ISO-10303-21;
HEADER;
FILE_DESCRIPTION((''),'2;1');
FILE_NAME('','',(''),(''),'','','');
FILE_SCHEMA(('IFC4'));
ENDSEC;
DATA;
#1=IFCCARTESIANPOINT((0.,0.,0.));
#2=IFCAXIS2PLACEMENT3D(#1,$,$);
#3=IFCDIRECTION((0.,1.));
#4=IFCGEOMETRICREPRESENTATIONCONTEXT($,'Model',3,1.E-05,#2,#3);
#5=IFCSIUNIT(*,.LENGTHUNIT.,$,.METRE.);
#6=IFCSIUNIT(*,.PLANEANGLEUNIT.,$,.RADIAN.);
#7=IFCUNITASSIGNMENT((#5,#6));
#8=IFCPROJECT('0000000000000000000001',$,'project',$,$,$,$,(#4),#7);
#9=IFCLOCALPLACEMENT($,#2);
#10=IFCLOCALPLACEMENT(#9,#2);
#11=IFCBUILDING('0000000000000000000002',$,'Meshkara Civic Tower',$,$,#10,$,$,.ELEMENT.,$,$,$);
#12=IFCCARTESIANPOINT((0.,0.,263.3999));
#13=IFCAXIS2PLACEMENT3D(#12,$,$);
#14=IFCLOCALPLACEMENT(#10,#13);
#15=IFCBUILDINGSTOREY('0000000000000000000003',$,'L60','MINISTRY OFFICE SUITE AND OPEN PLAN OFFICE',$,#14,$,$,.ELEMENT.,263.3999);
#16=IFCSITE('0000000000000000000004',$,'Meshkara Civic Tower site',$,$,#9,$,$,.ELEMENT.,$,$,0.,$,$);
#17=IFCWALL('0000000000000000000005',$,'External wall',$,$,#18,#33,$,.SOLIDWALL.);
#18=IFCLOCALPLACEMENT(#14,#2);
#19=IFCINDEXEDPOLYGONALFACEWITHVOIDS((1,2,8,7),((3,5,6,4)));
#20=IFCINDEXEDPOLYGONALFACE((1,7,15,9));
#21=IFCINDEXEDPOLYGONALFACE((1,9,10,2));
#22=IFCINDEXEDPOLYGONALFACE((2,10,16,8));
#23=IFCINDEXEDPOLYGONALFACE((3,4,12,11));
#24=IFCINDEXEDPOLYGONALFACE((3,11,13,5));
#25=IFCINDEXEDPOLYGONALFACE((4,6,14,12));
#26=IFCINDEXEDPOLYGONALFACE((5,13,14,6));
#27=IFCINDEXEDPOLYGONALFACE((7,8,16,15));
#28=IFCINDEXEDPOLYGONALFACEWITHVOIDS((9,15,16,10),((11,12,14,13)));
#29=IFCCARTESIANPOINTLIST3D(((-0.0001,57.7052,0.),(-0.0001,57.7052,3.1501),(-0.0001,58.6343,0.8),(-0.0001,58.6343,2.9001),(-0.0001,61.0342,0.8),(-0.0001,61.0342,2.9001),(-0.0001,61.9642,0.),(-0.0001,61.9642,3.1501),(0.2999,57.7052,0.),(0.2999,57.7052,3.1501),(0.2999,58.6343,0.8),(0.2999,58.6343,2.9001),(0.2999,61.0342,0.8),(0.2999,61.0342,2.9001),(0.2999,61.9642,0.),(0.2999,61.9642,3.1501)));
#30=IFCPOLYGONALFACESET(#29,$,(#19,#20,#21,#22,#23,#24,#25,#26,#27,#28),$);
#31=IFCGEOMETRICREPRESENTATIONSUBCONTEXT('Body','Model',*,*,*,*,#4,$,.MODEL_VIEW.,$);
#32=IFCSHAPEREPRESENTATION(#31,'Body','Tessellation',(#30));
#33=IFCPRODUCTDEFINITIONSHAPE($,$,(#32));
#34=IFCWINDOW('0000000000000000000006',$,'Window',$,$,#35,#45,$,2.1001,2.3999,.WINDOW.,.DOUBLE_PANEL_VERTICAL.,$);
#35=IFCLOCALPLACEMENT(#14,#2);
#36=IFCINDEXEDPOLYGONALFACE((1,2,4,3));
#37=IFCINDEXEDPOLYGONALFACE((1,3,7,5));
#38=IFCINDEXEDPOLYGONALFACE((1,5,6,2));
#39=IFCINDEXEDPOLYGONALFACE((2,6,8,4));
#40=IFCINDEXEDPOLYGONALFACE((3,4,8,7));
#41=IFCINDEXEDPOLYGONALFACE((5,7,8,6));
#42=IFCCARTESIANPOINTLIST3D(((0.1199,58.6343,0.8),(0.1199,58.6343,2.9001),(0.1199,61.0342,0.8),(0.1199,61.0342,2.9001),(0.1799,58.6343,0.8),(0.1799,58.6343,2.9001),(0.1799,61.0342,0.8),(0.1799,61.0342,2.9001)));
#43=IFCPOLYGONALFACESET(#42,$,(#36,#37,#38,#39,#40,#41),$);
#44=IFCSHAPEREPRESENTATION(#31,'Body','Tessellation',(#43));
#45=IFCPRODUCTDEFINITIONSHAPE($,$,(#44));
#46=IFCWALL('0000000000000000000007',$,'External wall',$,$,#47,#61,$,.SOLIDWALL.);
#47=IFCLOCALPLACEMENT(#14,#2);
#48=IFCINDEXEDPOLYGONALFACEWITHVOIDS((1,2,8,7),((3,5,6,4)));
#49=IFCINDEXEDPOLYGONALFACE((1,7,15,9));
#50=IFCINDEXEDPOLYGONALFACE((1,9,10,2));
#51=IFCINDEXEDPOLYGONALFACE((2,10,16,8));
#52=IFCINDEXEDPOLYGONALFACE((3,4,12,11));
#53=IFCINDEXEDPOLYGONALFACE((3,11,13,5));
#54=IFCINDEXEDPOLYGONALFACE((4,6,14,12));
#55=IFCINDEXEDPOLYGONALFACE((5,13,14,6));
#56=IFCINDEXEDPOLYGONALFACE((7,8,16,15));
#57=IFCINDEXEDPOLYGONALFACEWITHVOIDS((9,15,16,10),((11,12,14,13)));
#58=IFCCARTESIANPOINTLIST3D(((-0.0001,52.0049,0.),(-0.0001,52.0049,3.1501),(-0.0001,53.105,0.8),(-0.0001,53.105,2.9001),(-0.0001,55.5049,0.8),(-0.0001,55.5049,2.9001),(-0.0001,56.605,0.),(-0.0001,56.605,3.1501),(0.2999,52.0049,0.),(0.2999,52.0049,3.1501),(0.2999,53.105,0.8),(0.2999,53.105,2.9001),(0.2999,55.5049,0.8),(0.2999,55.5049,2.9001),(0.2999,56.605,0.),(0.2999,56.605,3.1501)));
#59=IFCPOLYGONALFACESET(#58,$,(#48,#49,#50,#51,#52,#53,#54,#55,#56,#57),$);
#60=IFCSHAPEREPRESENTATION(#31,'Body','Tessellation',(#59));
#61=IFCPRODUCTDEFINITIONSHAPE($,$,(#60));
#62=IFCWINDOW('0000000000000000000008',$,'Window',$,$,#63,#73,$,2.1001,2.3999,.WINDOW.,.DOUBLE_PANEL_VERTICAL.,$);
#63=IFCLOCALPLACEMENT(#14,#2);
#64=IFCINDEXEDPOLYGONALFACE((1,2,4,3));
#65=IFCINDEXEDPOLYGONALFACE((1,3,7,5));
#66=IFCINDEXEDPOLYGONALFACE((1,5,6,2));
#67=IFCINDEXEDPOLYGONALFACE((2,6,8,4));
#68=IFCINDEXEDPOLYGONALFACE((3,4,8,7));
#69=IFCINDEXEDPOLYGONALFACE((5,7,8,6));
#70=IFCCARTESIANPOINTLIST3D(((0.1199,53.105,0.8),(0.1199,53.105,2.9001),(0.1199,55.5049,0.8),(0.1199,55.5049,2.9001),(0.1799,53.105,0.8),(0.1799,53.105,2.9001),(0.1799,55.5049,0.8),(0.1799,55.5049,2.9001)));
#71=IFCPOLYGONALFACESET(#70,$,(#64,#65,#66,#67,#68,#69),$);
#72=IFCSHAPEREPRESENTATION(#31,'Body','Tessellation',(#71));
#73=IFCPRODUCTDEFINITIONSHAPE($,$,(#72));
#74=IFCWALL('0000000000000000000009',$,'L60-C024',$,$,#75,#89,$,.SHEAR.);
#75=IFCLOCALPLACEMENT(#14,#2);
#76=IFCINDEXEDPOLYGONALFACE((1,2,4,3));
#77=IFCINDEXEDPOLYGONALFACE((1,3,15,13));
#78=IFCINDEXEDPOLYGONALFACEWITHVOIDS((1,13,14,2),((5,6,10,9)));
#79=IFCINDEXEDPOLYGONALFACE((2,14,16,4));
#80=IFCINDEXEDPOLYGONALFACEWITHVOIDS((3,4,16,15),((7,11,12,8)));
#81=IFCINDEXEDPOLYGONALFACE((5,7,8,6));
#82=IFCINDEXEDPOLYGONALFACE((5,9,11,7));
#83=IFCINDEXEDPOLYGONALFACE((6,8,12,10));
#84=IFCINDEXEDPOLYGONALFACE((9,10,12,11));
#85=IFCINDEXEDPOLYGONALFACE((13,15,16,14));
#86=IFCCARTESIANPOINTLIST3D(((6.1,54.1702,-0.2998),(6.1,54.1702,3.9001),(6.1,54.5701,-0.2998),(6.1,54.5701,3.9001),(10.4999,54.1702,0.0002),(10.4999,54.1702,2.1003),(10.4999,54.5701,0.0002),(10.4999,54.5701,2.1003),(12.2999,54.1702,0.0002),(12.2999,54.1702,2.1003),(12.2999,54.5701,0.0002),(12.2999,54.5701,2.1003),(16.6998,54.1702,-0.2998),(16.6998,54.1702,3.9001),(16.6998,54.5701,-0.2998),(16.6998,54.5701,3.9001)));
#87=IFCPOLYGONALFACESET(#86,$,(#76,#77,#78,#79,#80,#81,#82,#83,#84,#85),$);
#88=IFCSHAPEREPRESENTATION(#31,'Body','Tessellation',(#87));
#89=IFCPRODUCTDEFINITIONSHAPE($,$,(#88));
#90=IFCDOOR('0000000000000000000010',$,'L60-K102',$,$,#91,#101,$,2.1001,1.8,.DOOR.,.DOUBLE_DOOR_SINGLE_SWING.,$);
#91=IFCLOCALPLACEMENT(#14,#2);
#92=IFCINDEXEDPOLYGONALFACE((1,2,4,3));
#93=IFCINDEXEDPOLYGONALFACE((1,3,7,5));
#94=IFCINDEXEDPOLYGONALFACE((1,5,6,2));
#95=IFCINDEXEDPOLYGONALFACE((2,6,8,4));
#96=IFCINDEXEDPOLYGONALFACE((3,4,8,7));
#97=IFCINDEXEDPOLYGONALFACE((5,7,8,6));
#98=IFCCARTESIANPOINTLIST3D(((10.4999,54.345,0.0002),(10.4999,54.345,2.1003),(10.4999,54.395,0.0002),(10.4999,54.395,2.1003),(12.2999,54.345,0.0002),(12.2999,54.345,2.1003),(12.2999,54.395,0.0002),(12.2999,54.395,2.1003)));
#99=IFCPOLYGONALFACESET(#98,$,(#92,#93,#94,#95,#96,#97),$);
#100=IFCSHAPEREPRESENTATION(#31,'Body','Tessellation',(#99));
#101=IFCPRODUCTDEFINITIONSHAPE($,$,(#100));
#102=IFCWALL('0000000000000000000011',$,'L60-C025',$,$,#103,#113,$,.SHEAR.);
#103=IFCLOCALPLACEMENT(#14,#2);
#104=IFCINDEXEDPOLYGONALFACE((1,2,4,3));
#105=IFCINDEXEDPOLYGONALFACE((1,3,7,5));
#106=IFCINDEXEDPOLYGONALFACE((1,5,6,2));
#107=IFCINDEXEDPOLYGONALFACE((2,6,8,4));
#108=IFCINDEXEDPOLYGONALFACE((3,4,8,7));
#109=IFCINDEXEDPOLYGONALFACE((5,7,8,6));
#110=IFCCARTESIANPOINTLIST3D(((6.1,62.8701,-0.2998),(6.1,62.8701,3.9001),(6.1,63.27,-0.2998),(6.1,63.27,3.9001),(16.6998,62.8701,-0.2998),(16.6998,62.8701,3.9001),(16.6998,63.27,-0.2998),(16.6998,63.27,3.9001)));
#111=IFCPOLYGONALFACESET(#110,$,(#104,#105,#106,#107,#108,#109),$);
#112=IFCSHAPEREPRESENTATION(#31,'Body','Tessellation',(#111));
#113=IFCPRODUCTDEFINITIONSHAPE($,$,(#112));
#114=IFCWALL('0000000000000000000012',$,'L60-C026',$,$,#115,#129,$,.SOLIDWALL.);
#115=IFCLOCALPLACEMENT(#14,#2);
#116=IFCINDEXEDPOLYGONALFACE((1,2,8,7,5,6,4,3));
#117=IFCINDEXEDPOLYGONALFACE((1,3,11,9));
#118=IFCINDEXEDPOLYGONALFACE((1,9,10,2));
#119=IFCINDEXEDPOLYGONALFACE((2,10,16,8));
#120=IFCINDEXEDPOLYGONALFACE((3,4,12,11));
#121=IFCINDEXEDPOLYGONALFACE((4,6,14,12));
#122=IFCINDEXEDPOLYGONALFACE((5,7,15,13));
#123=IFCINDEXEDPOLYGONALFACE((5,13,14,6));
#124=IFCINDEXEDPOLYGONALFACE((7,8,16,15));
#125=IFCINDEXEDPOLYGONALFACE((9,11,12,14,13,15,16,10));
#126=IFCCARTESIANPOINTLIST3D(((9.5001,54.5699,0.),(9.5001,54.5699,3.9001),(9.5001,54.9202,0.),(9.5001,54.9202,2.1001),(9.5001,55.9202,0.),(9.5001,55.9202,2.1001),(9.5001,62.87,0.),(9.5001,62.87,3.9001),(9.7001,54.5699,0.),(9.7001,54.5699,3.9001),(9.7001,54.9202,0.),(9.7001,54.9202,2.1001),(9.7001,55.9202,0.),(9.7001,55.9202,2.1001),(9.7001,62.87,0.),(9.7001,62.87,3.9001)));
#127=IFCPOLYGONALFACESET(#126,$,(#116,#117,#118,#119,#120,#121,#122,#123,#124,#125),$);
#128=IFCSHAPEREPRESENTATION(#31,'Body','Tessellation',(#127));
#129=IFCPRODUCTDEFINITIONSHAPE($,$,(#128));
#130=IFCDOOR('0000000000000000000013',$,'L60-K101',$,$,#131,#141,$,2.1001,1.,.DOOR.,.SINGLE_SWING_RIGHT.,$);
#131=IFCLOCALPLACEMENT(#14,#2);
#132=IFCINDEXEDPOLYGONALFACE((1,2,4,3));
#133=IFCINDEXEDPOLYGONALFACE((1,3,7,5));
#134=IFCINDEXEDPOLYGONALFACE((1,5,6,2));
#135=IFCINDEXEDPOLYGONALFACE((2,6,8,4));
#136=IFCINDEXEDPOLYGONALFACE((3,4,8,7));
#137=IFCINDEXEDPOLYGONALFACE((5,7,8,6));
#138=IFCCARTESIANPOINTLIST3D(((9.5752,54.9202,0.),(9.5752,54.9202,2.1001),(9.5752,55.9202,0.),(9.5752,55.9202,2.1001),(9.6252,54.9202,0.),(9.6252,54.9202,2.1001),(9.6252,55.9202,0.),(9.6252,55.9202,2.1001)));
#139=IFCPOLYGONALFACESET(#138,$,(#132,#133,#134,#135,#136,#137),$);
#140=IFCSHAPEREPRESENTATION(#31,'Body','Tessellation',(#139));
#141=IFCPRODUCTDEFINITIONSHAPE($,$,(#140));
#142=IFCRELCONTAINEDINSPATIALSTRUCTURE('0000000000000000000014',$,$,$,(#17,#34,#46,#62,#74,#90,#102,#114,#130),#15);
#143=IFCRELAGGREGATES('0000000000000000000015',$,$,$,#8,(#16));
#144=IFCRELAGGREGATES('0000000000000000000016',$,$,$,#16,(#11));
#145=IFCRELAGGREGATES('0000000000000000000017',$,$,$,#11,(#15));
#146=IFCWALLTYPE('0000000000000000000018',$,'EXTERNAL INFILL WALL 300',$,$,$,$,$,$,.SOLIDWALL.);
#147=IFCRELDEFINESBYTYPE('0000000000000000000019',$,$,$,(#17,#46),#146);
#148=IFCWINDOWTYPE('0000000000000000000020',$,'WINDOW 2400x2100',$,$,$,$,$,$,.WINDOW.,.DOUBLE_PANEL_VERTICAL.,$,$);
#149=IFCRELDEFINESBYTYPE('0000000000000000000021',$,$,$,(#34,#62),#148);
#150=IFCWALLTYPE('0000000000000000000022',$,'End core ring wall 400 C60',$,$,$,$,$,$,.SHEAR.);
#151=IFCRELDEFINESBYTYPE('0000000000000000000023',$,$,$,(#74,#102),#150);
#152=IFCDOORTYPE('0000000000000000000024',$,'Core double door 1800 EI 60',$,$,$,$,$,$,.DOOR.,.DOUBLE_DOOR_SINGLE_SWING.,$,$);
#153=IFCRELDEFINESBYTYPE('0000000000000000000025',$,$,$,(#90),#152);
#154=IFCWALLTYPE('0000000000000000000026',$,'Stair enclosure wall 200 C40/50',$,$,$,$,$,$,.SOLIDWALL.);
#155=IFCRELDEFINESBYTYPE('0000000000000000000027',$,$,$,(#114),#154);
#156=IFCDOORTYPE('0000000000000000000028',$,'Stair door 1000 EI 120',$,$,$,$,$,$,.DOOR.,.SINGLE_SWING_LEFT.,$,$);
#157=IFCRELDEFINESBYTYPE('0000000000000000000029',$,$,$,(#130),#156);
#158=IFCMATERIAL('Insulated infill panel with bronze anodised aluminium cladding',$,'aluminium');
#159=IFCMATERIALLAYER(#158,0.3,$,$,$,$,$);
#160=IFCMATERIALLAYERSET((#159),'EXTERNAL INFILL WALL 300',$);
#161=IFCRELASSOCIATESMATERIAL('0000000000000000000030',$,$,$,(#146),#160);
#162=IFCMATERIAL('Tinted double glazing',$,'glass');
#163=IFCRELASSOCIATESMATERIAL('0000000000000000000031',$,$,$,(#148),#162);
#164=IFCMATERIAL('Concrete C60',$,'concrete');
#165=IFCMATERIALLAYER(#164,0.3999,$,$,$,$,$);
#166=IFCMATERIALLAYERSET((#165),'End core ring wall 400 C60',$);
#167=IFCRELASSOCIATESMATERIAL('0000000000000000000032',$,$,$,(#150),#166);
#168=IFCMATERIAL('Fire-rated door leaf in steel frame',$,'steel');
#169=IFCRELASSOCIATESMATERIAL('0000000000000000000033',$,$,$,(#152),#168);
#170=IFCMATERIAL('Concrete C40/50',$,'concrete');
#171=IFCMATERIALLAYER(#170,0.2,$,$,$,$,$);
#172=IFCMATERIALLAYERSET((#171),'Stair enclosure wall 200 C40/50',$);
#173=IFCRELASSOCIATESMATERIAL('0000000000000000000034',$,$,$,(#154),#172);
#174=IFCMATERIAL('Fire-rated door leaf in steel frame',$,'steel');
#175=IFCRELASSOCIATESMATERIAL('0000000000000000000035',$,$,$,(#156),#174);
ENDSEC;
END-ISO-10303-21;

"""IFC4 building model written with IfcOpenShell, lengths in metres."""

from ifc_helpers import new_model, si_unit, direction, frame, frame_2d, origin, place, context, subcontext, project, spatial, rectangle, extrude, material, layer, layer_set, type_object, element, fill, save


model = new_model("IFC4")

# Units and contexts
model_context = context("Model", 3, precision=1e-05, world=origin(), true_north=direction((0.0, 1.0)))
body_context = subcontext(model_context, "Body", "Model", "MODEL_VIEW")
ifc_project = project(units=[si_unit("LENGTHUNIT", "METRE"), si_unit("PLANEANGLEUNIT", "RADIAN")], contexts=[model_context])

# Site, building, storey
site_placement = place(None, origin())
site = spatial("IfcSite", under=ifc_project, at=site_placement, Name="Meshkara Civic Tower site", CompositionType="ELEMENT", RefElevation=0.0)
building_placement = place(site_placement, origin())
building = spatial("IfcBuilding", under=site, at=building_placement, Name="Meshkara Civic Tower", CompositionType="ELEMENT")
storey_placement = place(building_placement, frame((0.0, 0.0, 263.3999)))
storey = spatial("IfcBuildingStorey", under=building, at=storey_placement, Name="L60", Description="MINISTRY OFFICE SUITE AND OPEN PLAN OFFICE", CompositionType="ELEMENT", Elevation=263.3999)

# Walls, openings, windows
ifc_material_1 = material(Name="Insulated infill panel with bronze anodised aluminium cladding", Category="aluminium")
ifc_layer_1 = layer(ifc_material_1, 0.3)
ifc_layer_set_1 = layer_set([ifc_layer_1], Name="EXTERNAL INFILL WALL 300")
wall_type_1 = type_object("IfcWallType", Name="EXTERNAL INFILL WALL 300", PredefinedType="SOLIDWALL", material=ifc_layer_set_1)
ifc_material_2 = material(Name="Tinted double glazing", Category="glass")
window_type_1 = type_object("IfcWindowType", Name="WINDOW 2400x2100", PartitioningType="DOUBLE_PANEL_VERTICAL", PredefinedType="WINDOW", material=ifc_material_2)
wall_1_placement = place(storey_placement, frame((0.1499, 61.9641, 0.0), z_axis=(0.0, 0.0, 1.0), x_axis=(0.0, -1.0, 0.0)))
wall_1 = element("IfcWall", 1, at=wall_1_placement, inside=storey, type_object=wall_type_1, Name="External wall", PredefinedType="SOLIDWALL", context=body_context, shape_type="SweptSolid", body=[
    extrude(rectangle(XDim=4.259, YDim=0.3, at=frame_2d((2.1294, 0.0))), origin(), (0.0, 0.0, 1.0), 3.1501),
])
opening_1_placement = place(wall_1_placement, frame((0.9299, 0.0, 0.8)))
opening_1 = element("IfcOpeningElement", 2, at=opening_1_placement, cuts=wall_1, PredefinedType="OPENING", context=body_context, shape_type="SweptSolid", body=[
    extrude(rectangle(XDim=2.3999, YDim=2.1001, at=frame_2d((1.2, 1.05))), frame((0.0, 0.1599, 0.0), z_axis=(0.0, -1.0, 0.0), x_axis=(1.0, 0.0, 0.0)), (0.0, 0.0, 1.0), 0.3201),
])
window_1_placement = place(opening_1_placement, origin())
window_1 = element("IfcWindow", 3, at=window_1_placement, inside=storey, type_object=window_type_1, Name="Window", OverallHeight=2.1001, OverallWidth=2.3999, PartitioningType="DOUBLE_PANEL_VERTICAL", PredefinedType="WINDOW", context=body_context, shape_type="SweptSolid", body=[
    extrude(rectangle(XDim=2.3999, YDim=2.1001, at=frame_2d((1.2, 1.05))), frame((0.0, 0.03, 0.0), z_axis=(0.0, -1.0, 0.0), x_axis=(1.0, 0.0, 0.0)), (0.0, 0.0, 1.0), 0.0601),
])
fill(opening_1, window_1)
wall_2_placement = place(storey_placement, frame((0.1499, 56.605, 0.0), z_axis=(0.0, 0.0, 1.0), x_axis=(0.0, -1.0, 0.0)))
wall_2 = element("IfcWall", 4, at=wall_2_placement, inside=storey, type_object=wall_type_1, Name="External wall", PredefinedType="SOLIDWALL", context=body_context, shape_type="SweptSolid", body=[
    extrude(rectangle(XDim=4.6001, YDim=0.3, at=frame_2d((2.3, 0.0))), origin(), (0.0, 0.0, 1.0), 3.1501),
])
opening_2_placement = place(wall_2_placement, frame((1.1001, 0.0, 0.8)))
opening_2 = element("IfcOpeningElement", 5, at=opening_2_placement, cuts=wall_2, PredefinedType="OPENING", context=body_context, shape_type="SweptSolid", body=[
    extrude(rectangle(XDim=2.3999, YDim=2.1001, at=frame_2d((1.2, 1.05))), frame((0.0, 0.1599, 0.0), z_axis=(0.0, -1.0, 0.0), x_axis=(1.0, 0.0, 0.0)), (0.0, 0.0, 1.0), 0.3201),
])
window_2_placement = place(opening_2_placement, origin())
window_2 = element("IfcWindow", 6, at=window_2_placement, inside=storey, type_object=window_type_1, Name="Window", OverallHeight=2.1001, OverallWidth=2.3999, PartitioningType="DOUBLE_PANEL_VERTICAL", PredefinedType="WINDOW", context=body_context, shape_type="SweptSolid", body=[
    extrude(rectangle(XDim=2.3999, YDim=2.1001, at=frame_2d((1.2, 1.05))), frame((0.0, 0.03, 0.0), z_axis=(0.0, -1.0, 0.0), x_axis=(1.0, 0.0, 0.0)), (0.0, 0.0, 1.0), 0.0601),
])
fill(opening_2, window_2)

# Wall, opening, door
ifc_material_3 = material(Name="Concrete C60", Category="concrete")
ifc_layer_2 = layer(ifc_material_3, 0.3999)
ifc_layer_set_2 = layer_set([ifc_layer_2], Name="End core ring wall 400 C60")
wall_type_2 = type_object("IfcWallType", Name="End core ring wall 400 C60", PredefinedType="SHEAR", material=ifc_layer_set_2)
wall_3_placement = place(storey_placement, frame((6.1001, 54.3701, -0.2998), z_axis=(0.0, 0.0, 1.0), x_axis=(1.0, 0.0, 0.0)))
wall_3 = element("IfcWall", 7, at=wall_3_placement, inside=storey, type_object=wall_type_2, Name="L60-C024", PredefinedType="SHEAR", context=body_context, shape_type="SweptSolid", body=[
    extrude(rectangle(XDim=10.5999, YDim=0.3999, at=frame_2d((5.2998, 0.0))), origin(), (0.0, 0.0, 1.0), 4.2),
])
opening_3_placement = place(wall_3_placement, frame((4.3999, 0.0, 0.3)))
opening_3 = element("IfcOpeningElement", 8, at=opening_3_placement, cuts=wall_3, PredefinedType="OPENING", context=body_context, shape_type="SweptSolid", body=[
    extrude(rectangle(XDim=1.8, YDim=2.1001, at=frame_2d((0.8999, 1.05))), frame((0.0, 0.21, 0.0), z_axis=(0.0, -1.0, 0.0), x_axis=(1.0, 0.0, 0.0)), (0.0, 0.0, 1.0), 0.4199),
])
ifc_material_4 = material(Name="Fire-rated door leaf in steel frame", Category="steel")
door_type_1 = type_object("IfcDoorType", Name="Core double door 1800 EI 60", OperationType="DOUBLE_DOOR_SINGLE_SWING", PredefinedType="DOOR", material=ifc_material_4)
door_1_placement = place(opening_3_placement, origin())
door_1 = element("IfcDoor", 9, at=door_1_placement, inside=storey, type_object=door_type_1, Name="L60-K102", OperationType="DOUBLE_DOOR_SINGLE_SWING", OverallHeight=2.1001, OverallWidth=1.8, PredefinedType="DOOR", context=body_context, shape_type="SweptSolid", body=[
    extrude(rectangle(XDim=1.8, YDim=2.1001, at=frame_2d((0.8999, 1.05))), frame((0.0, 0.0249, 0.0), z_axis=(0.0, -1.0, 0.0), x_axis=(1.0, 0.0, 0.0)), (0.0, 0.0, 1.0), 0.05),
])
fill(opening_3, door_1)

# Wall
wall_4_placement = place(storey_placement, frame((6.1001, 63.0701, -0.2998), z_axis=(0.0, 0.0, 1.0), x_axis=(1.0, 0.0, 0.0)))
element("IfcWall", 10, at=wall_4_placement, inside=storey, type_object=wall_type_2, Name="L60-C025", PredefinedType="SHEAR", context=body_context, shape_type="SweptSolid", body=[
    extrude(rectangle(XDim=10.5999, YDim=0.3999, at=frame_2d((5.2998, 0.0))), origin(), (0.0, 0.0, 1.0), 4.2),
])

# Wall, opening, door
ifc_material_5 = material(Name="Concrete C40/50", Category="concrete")
ifc_layer_3 = layer(ifc_material_5, 0.2)
ifc_layer_set_3 = layer_set([ifc_layer_3], Name="Stair enclosure wall 200 C40/50")
wall_type_3 = type_object("IfcWallType", Name="Stair enclosure wall 200 C40/50", PredefinedType="SOLIDWALL", material=ifc_layer_set_3)
wall_5_placement = place(storey_placement, frame((9.6001, 54.5701, 0.0), z_axis=(0.0, 0.0, 1.0), x_axis=(0.0, 1.0, 0.0)))
wall_5 = element("IfcWall", 11, at=wall_5_placement, inside=storey, type_object=wall_type_3, Name="L60-C026", PredefinedType="SOLIDWALL", context=body_context, shape_type="SweptSolid", body=[
    extrude(rectangle(XDim=8.3, YDim=0.2, at=frame_2d((4.1499, 0.0))), origin(), (0.0, 0.0, 1.0), 3.9001),
])
opening_4_placement = place(wall_5_placement, frame((0.3501, 0.0, 0.0)))
opening_4 = element("IfcOpeningElement", 12, at=opening_4_placement, cuts=wall_5, PredefinedType="OPENING", context=body_context, shape_type="SweptSolid", body=[
    extrude(rectangle(XDim=1.0, YDim=2.1001, at=frame_2d((0.5, 1.05))), frame((0.0, 0.1099, 0.0), z_axis=(0.0, -1.0, 0.0), x_axis=(1.0, 0.0, 0.0)), (0.0, 0.0, 1.0), 0.22),
])
ifc_material_6 = material(Name="Fire-rated door leaf in steel frame", Category="steel")
door_type_2 = type_object("IfcDoorType", Name="Stair door 1000 EI 120", OperationType="SINGLE_SWING_LEFT", PredefinedType="DOOR", material=ifc_material_6)
door_2_placement = place(opening_4_placement, origin())
door_2 = element("IfcDoor", 13, at=door_2_placement, inside=storey, type_object=door_type_2, Name="L60-K101", OperationType="SINGLE_SWING_RIGHT", OverallHeight=2.1001, OverallWidth=1.0, PredefinedType="DOOR", context=body_context, shape_type="SweptSolid", body=[
    extrude(rectangle(XDim=1.0, YDim=2.1001, at=frame_2d((0.5, 1.05))), frame((0.0, 0.0249, 0.0), z_axis=(0.0, -1.0, 0.0), x_axis=(1.0, 0.0, 0.0)), (0.0, 0.0, 1.0), 0.05),
])
fill(opening_4, door_2)

save(model, "model.ifc")
